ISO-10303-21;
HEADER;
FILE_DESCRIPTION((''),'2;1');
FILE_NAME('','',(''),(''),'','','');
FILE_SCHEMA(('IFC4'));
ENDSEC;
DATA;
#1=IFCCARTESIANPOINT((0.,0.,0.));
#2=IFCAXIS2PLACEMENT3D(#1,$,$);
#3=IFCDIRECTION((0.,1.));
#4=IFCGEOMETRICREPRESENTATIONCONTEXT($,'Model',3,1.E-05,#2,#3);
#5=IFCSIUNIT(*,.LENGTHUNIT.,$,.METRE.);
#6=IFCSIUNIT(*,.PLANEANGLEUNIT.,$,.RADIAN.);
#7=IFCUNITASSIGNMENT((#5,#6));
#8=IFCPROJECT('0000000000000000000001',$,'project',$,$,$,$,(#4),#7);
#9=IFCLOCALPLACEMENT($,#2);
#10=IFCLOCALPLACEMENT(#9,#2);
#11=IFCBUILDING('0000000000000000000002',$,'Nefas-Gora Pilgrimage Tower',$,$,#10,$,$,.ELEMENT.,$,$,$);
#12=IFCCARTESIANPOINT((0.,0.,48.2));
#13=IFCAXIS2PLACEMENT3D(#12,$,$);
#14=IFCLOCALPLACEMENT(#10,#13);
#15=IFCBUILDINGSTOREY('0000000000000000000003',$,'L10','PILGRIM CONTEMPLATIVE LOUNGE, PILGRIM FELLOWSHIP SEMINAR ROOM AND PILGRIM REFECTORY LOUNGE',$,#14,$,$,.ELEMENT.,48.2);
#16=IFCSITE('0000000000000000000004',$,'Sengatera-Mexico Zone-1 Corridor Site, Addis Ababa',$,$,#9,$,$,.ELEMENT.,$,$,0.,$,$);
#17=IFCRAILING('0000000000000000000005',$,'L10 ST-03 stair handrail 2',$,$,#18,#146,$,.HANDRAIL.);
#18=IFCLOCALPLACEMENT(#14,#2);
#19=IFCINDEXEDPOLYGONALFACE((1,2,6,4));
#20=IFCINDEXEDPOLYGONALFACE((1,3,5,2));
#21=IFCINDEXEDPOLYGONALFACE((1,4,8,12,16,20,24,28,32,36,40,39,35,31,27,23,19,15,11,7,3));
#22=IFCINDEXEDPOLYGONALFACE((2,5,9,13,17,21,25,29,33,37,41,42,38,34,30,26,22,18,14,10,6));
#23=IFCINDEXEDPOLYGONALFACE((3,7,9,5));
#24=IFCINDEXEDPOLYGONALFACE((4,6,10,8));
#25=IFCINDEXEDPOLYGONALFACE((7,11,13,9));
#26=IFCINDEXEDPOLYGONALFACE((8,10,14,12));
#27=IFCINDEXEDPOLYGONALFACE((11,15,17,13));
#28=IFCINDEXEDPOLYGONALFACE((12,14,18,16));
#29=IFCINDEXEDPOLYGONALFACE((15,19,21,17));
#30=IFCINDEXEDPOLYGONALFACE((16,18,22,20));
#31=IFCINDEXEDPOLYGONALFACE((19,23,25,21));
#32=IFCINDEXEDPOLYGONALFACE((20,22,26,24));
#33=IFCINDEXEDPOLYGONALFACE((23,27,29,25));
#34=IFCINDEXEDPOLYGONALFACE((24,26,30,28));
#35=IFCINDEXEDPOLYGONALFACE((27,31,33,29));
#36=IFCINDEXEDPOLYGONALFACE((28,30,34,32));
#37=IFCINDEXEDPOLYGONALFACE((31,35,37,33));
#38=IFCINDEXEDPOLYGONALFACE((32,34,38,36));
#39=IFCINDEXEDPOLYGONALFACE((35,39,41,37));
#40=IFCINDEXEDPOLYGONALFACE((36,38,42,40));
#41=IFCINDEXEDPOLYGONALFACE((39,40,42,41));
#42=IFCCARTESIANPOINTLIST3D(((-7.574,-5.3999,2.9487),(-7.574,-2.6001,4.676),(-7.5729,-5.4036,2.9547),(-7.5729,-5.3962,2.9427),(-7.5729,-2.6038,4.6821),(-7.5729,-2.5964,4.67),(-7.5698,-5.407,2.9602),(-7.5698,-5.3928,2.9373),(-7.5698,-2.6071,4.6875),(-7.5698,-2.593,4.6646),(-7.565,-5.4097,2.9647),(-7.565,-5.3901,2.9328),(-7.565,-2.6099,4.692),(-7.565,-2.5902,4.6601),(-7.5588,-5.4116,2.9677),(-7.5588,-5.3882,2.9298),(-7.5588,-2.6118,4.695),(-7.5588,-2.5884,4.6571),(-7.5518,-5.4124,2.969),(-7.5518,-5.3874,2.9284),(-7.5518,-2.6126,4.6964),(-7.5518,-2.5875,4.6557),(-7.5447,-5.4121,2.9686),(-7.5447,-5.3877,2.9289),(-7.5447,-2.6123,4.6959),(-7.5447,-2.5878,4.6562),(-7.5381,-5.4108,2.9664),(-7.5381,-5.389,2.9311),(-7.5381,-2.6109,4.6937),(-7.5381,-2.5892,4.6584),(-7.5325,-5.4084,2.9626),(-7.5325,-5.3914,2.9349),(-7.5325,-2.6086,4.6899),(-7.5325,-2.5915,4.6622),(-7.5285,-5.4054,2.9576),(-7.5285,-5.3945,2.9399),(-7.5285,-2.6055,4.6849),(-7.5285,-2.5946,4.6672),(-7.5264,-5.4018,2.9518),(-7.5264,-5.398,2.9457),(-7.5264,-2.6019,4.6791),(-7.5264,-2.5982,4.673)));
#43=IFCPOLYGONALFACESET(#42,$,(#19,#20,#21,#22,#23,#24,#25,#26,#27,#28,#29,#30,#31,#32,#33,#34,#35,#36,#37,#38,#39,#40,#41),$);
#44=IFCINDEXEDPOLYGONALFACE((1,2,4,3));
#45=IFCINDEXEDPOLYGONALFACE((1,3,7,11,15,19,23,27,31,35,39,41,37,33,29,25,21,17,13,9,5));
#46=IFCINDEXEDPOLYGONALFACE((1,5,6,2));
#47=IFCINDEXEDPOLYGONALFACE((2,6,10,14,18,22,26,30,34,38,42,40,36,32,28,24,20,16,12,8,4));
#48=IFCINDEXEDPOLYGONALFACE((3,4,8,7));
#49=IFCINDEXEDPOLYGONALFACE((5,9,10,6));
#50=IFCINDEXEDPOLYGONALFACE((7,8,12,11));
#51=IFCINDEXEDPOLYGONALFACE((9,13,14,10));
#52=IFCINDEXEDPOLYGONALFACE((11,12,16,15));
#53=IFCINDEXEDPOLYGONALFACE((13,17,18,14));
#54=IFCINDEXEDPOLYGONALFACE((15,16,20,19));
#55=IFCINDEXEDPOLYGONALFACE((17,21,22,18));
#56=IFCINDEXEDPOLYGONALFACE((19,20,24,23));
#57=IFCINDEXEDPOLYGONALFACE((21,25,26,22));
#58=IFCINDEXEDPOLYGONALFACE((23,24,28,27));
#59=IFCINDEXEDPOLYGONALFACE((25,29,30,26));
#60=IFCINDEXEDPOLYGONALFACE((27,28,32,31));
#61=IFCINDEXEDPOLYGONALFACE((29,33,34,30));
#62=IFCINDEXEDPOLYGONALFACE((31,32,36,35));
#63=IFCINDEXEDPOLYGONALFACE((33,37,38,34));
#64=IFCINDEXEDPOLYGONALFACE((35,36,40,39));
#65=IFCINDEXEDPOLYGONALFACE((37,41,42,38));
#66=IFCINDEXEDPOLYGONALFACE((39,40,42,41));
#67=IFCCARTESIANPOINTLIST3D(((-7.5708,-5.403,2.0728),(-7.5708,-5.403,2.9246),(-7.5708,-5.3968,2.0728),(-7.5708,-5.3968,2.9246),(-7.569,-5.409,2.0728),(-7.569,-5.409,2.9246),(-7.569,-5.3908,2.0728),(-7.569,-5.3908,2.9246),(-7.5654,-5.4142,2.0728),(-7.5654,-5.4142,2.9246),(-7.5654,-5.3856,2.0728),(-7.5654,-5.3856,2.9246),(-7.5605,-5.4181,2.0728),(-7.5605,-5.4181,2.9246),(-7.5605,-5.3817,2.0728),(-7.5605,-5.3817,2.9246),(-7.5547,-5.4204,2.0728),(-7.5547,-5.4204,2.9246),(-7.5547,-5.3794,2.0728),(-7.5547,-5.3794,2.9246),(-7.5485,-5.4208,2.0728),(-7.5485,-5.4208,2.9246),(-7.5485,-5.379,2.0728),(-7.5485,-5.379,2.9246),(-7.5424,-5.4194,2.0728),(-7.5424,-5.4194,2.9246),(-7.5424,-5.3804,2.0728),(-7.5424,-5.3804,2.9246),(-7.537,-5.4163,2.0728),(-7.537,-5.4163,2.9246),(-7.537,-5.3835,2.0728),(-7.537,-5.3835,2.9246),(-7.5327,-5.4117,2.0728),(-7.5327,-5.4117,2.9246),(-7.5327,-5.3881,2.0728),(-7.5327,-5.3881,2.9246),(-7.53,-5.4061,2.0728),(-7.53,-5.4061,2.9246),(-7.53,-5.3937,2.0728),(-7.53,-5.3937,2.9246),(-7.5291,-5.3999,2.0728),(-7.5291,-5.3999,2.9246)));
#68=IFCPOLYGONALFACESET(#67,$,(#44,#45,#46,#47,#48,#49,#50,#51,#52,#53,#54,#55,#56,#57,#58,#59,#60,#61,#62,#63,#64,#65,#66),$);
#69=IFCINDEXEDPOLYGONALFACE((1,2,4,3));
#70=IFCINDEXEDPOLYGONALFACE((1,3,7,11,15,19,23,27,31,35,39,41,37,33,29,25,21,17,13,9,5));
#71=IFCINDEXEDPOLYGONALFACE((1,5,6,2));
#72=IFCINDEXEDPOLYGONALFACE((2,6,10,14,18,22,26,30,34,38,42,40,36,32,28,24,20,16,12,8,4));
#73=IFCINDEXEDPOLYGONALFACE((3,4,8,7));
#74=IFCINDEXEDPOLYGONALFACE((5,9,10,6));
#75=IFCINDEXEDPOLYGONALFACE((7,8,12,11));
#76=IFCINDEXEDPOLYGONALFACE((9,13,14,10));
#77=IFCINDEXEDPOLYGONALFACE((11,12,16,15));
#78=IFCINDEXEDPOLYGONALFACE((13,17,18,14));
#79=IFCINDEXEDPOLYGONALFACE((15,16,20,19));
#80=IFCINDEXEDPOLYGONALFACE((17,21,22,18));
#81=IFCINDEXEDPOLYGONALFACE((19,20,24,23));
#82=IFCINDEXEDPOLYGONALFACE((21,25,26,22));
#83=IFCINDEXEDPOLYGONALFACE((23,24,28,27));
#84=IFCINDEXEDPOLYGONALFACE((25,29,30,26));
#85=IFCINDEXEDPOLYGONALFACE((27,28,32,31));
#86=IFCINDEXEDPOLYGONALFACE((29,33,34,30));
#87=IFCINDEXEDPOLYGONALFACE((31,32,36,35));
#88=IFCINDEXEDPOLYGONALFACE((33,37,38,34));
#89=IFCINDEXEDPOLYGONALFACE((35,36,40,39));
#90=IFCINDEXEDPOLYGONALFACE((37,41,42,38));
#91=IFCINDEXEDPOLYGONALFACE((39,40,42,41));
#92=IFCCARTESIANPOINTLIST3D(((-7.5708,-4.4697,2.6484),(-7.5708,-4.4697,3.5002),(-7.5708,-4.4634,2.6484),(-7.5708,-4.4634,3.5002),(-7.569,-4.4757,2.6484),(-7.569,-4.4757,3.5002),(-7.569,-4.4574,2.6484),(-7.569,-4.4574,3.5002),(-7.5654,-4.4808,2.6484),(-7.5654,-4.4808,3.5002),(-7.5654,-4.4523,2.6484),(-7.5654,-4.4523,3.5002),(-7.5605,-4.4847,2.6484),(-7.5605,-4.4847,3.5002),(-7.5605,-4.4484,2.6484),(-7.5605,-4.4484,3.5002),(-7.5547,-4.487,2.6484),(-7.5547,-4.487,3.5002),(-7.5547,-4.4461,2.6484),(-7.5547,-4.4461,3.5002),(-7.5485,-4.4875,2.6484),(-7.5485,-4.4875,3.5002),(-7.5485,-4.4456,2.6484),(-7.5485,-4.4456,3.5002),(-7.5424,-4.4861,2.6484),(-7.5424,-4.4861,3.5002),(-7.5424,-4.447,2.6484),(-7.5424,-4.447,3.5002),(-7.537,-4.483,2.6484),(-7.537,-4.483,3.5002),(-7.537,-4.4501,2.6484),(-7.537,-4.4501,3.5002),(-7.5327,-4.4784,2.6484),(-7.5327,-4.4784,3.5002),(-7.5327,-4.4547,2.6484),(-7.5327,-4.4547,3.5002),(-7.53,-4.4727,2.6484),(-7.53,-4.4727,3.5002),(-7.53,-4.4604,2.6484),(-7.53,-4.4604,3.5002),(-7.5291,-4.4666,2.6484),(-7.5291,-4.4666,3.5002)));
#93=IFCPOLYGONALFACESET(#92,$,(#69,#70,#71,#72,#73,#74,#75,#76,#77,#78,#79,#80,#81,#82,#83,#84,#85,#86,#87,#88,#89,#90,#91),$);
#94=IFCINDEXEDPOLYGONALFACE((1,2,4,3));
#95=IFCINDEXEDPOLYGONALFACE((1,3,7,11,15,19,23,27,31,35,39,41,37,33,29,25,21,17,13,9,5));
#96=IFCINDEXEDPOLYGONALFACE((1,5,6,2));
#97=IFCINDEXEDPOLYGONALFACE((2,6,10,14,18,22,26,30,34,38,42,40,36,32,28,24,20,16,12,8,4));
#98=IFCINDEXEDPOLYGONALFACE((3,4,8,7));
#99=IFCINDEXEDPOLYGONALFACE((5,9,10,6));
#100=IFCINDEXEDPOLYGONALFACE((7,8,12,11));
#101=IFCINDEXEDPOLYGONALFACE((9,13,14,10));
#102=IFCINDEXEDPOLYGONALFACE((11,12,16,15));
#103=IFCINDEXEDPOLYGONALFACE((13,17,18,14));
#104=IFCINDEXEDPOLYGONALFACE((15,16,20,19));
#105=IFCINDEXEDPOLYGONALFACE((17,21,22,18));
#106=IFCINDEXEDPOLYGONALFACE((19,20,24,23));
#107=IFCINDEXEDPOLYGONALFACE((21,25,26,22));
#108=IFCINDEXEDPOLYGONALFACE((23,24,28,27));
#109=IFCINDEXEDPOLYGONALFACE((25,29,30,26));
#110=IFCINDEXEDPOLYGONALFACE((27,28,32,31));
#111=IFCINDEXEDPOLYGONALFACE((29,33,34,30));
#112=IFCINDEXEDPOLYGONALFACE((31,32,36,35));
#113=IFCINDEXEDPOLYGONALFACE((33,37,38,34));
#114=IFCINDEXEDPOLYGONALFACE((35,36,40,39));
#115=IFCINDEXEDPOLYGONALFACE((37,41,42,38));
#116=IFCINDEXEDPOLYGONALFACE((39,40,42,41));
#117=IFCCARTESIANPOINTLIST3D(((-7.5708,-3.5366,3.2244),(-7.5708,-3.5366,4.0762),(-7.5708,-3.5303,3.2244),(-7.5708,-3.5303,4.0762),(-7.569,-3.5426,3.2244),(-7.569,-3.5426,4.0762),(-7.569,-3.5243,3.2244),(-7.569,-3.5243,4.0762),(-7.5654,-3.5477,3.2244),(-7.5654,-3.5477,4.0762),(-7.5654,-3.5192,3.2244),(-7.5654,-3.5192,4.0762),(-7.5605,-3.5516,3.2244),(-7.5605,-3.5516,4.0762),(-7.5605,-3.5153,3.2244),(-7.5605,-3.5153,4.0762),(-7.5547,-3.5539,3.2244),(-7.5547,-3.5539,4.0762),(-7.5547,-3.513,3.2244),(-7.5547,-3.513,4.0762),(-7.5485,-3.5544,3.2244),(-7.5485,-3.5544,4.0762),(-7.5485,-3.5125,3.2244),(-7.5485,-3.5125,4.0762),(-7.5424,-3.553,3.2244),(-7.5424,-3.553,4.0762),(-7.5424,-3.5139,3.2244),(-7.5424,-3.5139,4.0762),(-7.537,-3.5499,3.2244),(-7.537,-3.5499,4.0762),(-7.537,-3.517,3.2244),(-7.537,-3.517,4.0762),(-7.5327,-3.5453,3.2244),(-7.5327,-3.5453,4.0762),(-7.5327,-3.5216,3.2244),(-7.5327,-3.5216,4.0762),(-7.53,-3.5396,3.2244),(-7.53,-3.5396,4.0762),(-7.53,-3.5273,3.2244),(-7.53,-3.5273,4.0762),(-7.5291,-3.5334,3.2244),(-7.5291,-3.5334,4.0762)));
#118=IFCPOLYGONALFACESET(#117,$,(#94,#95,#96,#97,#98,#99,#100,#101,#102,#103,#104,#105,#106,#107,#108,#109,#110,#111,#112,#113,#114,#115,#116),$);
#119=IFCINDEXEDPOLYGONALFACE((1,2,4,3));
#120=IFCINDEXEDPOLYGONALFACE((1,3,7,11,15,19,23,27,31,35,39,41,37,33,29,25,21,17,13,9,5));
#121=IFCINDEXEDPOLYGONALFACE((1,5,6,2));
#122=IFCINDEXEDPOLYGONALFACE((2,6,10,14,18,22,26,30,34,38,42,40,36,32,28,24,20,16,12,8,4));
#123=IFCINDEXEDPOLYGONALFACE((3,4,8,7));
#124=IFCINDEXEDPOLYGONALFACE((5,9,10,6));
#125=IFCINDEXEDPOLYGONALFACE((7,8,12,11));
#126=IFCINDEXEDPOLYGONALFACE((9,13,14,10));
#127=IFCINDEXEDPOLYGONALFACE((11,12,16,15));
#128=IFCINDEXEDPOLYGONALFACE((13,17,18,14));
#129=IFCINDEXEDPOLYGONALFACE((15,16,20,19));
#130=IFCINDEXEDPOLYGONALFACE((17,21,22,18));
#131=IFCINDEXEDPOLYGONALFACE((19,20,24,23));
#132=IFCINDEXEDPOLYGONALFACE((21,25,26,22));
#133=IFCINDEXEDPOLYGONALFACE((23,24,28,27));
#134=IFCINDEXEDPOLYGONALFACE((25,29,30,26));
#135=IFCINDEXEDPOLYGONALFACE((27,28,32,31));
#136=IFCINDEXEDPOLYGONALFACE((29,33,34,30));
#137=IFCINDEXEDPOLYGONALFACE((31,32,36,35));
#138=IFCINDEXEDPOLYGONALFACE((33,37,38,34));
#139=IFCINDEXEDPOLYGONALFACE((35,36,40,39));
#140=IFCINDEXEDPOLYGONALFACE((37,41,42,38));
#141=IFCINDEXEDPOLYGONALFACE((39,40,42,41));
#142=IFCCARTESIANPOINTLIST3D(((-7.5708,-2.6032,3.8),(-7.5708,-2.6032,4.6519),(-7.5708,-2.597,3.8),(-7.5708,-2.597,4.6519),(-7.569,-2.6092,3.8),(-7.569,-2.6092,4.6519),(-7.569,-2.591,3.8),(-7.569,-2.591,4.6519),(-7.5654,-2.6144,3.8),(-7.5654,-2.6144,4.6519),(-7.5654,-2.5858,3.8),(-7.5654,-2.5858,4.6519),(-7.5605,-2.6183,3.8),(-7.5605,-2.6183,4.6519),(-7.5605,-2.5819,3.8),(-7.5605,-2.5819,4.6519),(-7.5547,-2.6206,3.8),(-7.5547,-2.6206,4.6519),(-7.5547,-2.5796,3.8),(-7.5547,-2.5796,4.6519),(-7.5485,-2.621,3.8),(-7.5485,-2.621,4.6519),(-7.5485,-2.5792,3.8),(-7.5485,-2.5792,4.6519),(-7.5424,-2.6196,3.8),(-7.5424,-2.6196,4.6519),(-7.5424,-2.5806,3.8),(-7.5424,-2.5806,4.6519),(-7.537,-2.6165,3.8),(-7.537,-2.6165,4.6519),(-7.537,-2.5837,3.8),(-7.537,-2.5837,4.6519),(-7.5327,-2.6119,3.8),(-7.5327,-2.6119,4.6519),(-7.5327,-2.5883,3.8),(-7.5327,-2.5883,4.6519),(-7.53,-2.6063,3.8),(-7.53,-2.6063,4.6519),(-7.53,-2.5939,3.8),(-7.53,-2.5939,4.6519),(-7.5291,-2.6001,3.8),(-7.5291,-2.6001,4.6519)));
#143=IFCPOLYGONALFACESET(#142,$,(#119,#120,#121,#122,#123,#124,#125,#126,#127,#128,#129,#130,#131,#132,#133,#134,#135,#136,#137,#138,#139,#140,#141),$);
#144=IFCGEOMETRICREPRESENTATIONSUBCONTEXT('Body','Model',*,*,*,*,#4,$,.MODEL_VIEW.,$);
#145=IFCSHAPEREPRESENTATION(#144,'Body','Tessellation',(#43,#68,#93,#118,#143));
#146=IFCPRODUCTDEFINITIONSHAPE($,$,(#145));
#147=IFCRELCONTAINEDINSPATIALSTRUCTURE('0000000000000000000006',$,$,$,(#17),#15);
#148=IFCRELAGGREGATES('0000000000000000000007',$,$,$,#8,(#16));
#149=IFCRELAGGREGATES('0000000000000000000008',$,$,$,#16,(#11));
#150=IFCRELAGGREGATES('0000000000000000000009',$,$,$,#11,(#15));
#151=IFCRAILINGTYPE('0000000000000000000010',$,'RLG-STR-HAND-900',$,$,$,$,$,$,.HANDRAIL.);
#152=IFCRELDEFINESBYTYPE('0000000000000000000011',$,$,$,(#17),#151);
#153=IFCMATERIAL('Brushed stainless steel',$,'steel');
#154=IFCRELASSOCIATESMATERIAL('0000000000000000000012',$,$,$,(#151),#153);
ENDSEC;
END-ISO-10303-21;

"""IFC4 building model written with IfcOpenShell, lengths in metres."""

from ifc_helpers import new_model, si_unit, direction, frame, origin, origin_2d, place, context, subcontext, project, spatial, circle, extrude, material, type_object, element, save


model = new_model("IFC4")

# Units and contexts
model_context = context("Model", 3, precision=1e-05, world=origin(), true_north=direction((0.0, 1.0)))
body_context = subcontext(model_context, "Body", "Model", "MODEL_VIEW")
ifc_project = project(units=[si_unit("LENGTHUNIT", "METRE"), si_unit("PLANEANGLEUNIT", "RADIAN")], contexts=[model_context])

# Site, building, storey
site_placement = place(None, origin())
site = spatial("IfcSite", under=ifc_project, at=site_placement, Name="Sengatera-Mexico Zone-1 Corridor Site, Addis Ababa", CompositionType="ELEMENT", RefElevation=0.0)
building_placement = place(site_placement, origin())
building = spatial("IfcBuilding", under=site, at=building_placement, Name="Nefas-Gora Pilgrimage Tower", CompositionType="ELEMENT")
storey_placement = place(building_placement, frame((0.0, 0.0, 48.2)))
storey = spatial("IfcBuildingStorey", under=building, at=storey_placement, Name="L10", Description="PILGRIM CONTEMPLATIVE LOUNGE, PILGRIM FELLOWSHIP SEMINAR ROOM AND PILGRIM REFECTORY LOUNGE", CompositionType="ELEMENT", Elevation=48.2)

# Railing
ifc_material_1 = material(Name="Brushed stainless steel", Category="steel")
railing_type_1 = type_object("IfcRailingType", Name="RLG-STR-HAND-900", PredefinedType="HANDRAIL", material=ifc_material_1)
railing_1_placement = place(storey_placement, frame((-7.55, -5.3999, 2.0728)))
element("IfcRailing", 1, at=railing_1_placement, inside=storey, type_object=railing_type_1, Name="L10 ST-03 stair handrail 2", PredefinedType="HANDRAIL", context=body_context, shape_type="SweptSolid", body=[
    extrude(circle(Radius=0.0239, at=origin_2d()), frame((0.0, 0.0, 0.876), z_axis=(0.0, 0.851069, 0.525054), x_axis=(-1.0, 0.0, 0.0)), (0.0, 0.0, 1.0), 3.2898),
    extrude(circle(Radius=0.021, at=origin_2d()), origin(), (0.0, 0.0, 1.0), 0.8518),
    extrude(circle(Radius=0.021, at=origin_2d()), frame((0.0, 0.9333, 0.5757)), (0.0, 0.0, 1.0), 0.8518),
    extrude(circle(Radius=0.021, at=origin_2d()), frame((0.0, 1.8665, 1.1516)), (0.0, 0.0, 1.0), 0.8518),
    extrude(circle(Radius=0.021, at=origin_2d()), frame((0.0, 2.7998, 1.7273)), (0.0, 0.0, 1.0), 0.8518),
])

save(model, "model.ifc")
